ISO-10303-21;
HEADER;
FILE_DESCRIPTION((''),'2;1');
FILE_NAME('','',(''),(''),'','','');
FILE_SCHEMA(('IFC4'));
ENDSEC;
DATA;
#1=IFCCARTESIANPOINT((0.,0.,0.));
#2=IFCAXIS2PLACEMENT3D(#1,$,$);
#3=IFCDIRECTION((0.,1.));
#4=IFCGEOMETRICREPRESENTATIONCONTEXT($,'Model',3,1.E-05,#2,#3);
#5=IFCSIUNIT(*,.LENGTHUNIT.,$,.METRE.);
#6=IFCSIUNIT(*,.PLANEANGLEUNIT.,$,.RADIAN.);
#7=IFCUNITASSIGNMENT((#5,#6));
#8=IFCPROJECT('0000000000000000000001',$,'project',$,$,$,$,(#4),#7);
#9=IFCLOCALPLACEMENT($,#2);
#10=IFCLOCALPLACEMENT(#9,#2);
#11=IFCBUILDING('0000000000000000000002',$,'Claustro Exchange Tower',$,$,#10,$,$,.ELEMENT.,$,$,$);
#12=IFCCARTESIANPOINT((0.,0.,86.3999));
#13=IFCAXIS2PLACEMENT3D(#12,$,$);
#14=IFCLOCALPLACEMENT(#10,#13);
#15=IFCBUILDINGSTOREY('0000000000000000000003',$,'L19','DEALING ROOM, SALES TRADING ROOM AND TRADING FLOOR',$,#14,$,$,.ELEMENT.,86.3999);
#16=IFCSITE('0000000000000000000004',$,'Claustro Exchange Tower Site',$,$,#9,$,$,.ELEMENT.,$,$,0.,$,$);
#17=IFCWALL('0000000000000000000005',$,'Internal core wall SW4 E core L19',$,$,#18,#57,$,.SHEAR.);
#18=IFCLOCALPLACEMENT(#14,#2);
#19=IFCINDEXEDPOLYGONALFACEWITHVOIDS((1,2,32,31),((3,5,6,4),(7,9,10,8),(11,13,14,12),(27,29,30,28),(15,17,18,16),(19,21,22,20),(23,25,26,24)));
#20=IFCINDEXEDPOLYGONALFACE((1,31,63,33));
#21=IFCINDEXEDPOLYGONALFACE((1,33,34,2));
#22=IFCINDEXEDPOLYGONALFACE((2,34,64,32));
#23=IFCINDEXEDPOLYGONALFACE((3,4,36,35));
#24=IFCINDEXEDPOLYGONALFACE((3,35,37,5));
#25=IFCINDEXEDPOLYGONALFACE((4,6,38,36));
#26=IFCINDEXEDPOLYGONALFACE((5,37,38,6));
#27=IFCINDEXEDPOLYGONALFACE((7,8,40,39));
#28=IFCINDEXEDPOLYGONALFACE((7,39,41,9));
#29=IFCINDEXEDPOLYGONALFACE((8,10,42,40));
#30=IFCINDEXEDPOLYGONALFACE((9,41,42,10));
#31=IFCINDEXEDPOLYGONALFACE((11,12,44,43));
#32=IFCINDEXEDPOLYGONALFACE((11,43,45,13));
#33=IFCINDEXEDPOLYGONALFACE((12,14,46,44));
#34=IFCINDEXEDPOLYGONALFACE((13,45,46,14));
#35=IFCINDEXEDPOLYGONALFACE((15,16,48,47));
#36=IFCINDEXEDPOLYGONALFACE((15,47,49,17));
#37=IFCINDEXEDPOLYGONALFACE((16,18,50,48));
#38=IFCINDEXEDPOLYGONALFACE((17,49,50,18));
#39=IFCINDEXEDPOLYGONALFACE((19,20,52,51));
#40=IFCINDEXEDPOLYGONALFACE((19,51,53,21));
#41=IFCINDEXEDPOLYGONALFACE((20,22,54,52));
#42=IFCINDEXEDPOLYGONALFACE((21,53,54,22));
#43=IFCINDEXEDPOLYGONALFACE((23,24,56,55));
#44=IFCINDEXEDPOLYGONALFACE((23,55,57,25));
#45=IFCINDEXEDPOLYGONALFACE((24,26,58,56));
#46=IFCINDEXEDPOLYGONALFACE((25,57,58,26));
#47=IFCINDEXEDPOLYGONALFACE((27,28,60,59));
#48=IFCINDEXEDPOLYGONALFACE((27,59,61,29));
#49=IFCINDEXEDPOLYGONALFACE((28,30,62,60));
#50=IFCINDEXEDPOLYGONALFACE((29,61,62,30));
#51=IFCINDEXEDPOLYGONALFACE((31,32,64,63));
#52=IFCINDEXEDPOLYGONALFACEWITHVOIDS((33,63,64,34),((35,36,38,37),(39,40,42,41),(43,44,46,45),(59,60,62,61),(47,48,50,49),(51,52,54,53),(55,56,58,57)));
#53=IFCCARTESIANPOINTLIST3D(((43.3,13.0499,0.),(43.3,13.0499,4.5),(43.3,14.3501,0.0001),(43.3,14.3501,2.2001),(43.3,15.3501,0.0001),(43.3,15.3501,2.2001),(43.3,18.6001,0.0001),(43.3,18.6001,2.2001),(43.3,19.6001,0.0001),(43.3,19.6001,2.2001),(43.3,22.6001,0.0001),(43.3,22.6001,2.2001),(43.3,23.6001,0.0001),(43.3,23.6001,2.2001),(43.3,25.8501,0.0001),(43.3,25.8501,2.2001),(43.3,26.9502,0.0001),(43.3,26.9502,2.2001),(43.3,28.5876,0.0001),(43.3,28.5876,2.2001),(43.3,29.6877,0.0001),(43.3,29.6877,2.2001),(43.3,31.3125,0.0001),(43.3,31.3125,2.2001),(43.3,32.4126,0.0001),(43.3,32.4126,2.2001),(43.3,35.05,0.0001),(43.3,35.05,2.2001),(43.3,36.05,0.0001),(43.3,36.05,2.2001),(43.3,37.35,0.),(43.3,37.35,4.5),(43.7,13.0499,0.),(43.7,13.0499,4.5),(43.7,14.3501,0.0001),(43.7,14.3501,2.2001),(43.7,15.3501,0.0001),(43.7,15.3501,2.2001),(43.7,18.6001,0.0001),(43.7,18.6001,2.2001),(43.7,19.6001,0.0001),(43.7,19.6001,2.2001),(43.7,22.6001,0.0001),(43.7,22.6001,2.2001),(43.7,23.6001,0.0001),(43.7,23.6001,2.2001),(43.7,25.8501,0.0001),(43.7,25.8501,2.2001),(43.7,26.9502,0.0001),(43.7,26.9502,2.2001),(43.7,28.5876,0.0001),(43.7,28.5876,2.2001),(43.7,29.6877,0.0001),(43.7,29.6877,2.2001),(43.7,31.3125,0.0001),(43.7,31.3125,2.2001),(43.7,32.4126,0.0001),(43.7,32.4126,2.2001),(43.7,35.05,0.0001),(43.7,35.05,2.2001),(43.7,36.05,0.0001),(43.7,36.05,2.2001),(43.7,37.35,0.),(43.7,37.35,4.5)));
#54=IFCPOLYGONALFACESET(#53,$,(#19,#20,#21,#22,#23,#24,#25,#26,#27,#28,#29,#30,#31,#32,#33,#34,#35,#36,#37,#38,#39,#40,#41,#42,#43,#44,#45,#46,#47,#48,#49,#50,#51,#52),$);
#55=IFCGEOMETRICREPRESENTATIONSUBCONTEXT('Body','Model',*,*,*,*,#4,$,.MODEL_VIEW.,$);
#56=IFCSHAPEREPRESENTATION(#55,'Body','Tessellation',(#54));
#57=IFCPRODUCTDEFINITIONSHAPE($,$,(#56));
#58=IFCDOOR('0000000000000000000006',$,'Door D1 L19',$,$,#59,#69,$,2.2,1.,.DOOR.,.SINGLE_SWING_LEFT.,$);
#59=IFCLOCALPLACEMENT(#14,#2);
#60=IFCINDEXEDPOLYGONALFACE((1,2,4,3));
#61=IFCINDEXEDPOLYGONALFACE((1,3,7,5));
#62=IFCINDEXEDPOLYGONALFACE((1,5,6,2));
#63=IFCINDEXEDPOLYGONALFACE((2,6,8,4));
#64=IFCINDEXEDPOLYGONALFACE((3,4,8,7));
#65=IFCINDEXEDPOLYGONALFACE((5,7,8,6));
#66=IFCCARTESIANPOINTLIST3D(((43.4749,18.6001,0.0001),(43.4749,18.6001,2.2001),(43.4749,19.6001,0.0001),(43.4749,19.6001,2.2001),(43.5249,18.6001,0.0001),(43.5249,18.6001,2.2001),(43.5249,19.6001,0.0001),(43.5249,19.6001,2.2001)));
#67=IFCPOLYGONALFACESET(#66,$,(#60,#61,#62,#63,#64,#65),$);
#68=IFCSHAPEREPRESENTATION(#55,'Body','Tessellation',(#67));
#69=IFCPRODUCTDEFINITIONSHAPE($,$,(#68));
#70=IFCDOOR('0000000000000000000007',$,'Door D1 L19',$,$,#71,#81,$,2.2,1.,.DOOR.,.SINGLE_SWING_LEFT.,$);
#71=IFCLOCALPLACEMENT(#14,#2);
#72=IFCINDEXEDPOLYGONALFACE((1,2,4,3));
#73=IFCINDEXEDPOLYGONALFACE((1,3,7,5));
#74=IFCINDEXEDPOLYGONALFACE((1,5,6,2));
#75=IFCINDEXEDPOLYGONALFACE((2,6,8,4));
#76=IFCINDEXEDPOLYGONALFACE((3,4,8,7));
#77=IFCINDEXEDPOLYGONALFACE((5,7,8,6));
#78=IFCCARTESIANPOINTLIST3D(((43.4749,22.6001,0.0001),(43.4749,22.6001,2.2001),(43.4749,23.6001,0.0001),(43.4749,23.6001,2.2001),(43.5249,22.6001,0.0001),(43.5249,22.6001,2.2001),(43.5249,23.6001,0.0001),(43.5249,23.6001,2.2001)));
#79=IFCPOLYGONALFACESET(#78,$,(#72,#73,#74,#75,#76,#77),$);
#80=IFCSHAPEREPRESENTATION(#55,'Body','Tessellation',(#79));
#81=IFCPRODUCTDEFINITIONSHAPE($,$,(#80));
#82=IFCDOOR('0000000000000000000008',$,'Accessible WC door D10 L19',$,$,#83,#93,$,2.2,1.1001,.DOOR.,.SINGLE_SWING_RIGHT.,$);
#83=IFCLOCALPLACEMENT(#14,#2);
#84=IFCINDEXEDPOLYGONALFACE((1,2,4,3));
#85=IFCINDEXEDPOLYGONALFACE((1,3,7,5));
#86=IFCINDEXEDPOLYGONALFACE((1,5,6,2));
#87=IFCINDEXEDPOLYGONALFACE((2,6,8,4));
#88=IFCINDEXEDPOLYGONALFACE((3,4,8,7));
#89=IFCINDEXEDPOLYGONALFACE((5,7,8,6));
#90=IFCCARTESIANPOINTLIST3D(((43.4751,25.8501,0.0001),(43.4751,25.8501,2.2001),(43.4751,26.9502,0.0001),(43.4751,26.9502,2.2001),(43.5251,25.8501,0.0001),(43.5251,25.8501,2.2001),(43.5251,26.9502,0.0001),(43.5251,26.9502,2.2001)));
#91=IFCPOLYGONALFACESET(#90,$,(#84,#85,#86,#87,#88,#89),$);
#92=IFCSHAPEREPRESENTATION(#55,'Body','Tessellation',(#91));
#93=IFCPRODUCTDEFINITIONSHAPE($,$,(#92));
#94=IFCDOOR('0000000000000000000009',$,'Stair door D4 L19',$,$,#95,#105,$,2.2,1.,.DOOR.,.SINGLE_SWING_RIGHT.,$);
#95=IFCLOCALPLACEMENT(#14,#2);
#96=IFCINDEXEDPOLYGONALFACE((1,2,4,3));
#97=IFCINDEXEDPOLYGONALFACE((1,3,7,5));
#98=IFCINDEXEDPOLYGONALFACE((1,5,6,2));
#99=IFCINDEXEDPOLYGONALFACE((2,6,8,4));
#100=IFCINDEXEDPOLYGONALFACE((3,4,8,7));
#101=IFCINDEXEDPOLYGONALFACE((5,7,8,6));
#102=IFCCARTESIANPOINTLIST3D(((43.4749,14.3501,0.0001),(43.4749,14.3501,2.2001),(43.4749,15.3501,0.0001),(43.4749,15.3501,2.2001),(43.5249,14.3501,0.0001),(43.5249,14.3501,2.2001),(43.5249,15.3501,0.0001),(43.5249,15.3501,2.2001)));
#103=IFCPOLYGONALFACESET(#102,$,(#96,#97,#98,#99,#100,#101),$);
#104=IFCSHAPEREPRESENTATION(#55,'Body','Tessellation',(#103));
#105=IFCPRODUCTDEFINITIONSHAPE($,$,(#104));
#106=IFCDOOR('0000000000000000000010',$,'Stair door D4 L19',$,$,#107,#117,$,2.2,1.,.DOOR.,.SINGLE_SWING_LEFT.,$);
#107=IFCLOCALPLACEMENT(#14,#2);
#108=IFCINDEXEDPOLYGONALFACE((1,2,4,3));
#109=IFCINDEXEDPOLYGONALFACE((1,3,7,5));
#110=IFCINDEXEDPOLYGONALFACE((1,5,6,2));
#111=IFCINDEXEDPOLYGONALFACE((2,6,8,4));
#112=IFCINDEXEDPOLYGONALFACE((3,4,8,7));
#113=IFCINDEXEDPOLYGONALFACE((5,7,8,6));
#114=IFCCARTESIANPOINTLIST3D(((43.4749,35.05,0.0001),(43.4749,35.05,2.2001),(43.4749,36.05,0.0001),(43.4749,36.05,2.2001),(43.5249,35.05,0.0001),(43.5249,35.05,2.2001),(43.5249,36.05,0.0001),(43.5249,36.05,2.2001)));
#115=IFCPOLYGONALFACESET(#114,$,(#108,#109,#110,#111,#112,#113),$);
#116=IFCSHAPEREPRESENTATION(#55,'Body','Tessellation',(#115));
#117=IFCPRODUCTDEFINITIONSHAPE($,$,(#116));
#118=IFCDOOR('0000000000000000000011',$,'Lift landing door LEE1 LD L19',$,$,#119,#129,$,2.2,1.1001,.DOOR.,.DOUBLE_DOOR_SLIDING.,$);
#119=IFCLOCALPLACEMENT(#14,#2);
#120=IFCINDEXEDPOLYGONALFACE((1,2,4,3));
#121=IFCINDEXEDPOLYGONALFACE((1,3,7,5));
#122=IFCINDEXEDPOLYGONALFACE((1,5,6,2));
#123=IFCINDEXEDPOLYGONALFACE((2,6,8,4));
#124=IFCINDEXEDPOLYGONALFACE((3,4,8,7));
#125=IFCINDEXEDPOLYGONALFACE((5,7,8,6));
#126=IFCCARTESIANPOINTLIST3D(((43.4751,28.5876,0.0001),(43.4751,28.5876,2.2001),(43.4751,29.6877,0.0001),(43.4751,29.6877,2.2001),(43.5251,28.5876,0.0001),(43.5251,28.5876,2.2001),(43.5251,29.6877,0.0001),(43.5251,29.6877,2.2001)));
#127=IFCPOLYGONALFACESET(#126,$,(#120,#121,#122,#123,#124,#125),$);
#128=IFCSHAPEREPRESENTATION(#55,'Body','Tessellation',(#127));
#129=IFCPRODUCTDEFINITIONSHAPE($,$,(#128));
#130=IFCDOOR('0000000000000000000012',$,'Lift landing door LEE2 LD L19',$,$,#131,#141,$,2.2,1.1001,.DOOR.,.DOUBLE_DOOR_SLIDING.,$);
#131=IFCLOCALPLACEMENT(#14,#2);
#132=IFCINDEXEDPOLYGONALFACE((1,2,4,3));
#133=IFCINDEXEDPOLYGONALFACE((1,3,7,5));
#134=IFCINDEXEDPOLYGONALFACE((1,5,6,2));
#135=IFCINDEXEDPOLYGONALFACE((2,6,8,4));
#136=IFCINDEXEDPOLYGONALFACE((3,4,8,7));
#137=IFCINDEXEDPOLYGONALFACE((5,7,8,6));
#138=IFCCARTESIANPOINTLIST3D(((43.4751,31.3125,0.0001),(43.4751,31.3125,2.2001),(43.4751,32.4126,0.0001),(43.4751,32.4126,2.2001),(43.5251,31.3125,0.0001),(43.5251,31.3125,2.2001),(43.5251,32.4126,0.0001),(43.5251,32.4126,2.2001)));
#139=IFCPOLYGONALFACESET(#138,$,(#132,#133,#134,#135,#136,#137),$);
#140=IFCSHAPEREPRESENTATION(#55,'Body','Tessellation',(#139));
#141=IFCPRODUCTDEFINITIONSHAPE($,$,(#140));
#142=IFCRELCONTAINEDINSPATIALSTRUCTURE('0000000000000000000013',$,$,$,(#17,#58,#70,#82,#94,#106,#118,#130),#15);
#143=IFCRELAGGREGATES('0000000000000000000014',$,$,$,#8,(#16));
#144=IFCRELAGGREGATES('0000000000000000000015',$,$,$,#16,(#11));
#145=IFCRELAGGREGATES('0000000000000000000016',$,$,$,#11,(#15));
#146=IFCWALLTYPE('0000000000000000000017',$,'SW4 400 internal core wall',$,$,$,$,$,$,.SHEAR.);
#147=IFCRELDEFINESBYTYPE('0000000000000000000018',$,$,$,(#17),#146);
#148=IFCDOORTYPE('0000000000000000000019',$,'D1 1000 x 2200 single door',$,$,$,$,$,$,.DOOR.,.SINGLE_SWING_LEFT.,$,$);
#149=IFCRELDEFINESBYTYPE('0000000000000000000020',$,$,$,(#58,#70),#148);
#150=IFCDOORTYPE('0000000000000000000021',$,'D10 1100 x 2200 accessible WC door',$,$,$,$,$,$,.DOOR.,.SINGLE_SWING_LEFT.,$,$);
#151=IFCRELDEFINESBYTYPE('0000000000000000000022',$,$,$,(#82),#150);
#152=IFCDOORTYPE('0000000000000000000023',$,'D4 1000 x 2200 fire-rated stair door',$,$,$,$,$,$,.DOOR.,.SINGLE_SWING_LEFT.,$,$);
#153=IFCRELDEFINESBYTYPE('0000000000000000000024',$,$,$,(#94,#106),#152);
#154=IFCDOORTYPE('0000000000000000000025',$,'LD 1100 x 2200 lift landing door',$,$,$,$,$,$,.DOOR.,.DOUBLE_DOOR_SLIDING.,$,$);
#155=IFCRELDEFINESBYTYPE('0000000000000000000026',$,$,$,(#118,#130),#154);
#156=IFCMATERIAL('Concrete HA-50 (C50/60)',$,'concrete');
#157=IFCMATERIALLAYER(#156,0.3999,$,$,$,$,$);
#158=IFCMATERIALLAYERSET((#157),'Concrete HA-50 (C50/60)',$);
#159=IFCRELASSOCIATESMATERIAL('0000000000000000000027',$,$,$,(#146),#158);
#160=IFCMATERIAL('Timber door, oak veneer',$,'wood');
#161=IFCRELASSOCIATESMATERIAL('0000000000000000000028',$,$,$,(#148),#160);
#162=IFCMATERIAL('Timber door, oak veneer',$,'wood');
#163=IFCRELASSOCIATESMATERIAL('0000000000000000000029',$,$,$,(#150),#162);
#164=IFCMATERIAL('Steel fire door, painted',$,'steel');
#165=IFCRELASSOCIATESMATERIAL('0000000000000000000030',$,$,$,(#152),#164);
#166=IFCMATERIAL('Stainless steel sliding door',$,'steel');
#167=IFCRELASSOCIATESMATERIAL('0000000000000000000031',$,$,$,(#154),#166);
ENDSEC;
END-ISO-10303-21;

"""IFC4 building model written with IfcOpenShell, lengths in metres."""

from ifc_helpers import new_model, si_unit, direction, frame, frame_2d, origin, place, context, subcontext, project, spatial, rectangle, extrude, material, layer, layer_set, type_object, element, fill, save


model = new_model("IFC4")

# Units and contexts
model_context = context("Model", 3, precision=1e-05, world=origin(), true_north=direction((0.0, 1.0)))
body_context = subcontext(model_context, "Body", "Model", "MODEL_VIEW")
ifc_project = project(units=[si_unit("LENGTHUNIT", "METRE"), si_unit("PLANEANGLEUNIT", "RADIAN")], contexts=[model_context])

# Site, building, storey
site_placement = place(None, origin())
site = spatial("IfcSite", under=ifc_project, at=site_placement, Name="Claustro Exchange Tower Site", CompositionType="ELEMENT", RefElevation=0.0)
building_placement = place(site_placement, origin())
building = spatial("IfcBuilding", under=site, at=building_placement, Name="Claustro Exchange Tower", CompositionType="ELEMENT")
storey_placement = place(building_placement, frame((0.0, 0.0, 86.3999)))
storey = spatial("IfcBuildingStorey", under=building, at=storey_placement, Name="L19", Description="DEALING ROOM, SALES TRADING ROOM AND TRADING FLOOR", CompositionType="ELEMENT", Elevation=86.3999)

# Wall, openings, doors
ifc_material_1 = material(Name="Concrete HA-50 (C50/60)", Category="concrete")
ifc_layer_1 = layer(ifc_material_1, 0.3999)
ifc_layer_set_1 = layer_set([ifc_layer_1], Name="Concrete HA-50 (C50/60)")
wall_type_1 = type_object("IfcWallType", Name="SW4 400 internal core wall", PredefinedType="SHEAR", material=ifc_layer_set_1)
wall_1_placement = place(storey_placement, frame((43.5, 13.05, 0.0), z_axis=(0.0, 0.0, 1.0), x_axis=(0.0, 1.0, 0.0)))
wall_1 = element("IfcWall", 1, at=wall_1_placement, inside=storey, type_object=wall_type_1, Name="Internal core wall SW4 E core L19", PredefinedType="SHEAR", context=body_context, shape_type="SweptSolid", body=[
    extrude(rectangle(XDim=24.3, YDim=0.3999, at=frame_2d((12.1499, 0.0))), origin(), (0.0, 0.0, 1.0), 4.5),
])
opening_1_placement = place(wall_1_placement, frame((1.3, 0.0, 0.0)))
opening_1 = element("IfcOpeningElement", 2, at=opening_1_placement, cuts=wall_1, PredefinedType="OPENING", context=body_context, shape_type="SweptSolid", body=[
    extrude(rectangle(XDim=1.0, YDim=2.2, at=frame_2d((0.5, 1.1001))), frame((0.0, 0.21, 0.0), z_axis=(0.0, -1.0, 0.0), x_axis=(1.0, 0.0, 0.0)), (0.0, 0.0, 1.0), 0.4199),
])
opening_2_placement = place(wall_1_placement, frame((22.0, 0.0, 0.0)))
opening_2 = element("IfcOpeningElement", 3, at=opening_2_placement, cuts=wall_1, PredefinedType="OPENING", context=body_context, shape_type="SweptSolid", body=[
    extrude(rectangle(XDim=1.0, YDim=2.2, at=frame_2d((0.5, 1.1001))), frame((0.0, 0.21, 0.0), z_axis=(0.0, -1.0, 0.0), x_axis=(1.0, 0.0, 0.0)), (0.0, 0.0, 1.0), 0.4199),
])
opening_3_placement = place(wall_1_placement, frame((5.55, 0.0, 0.0)))
opening_3 = element("IfcOpeningElement", 4, at=opening_3_placement, cuts=wall_1, PredefinedType="OPENING", context=body_context, shape_type="SweptSolid", body=[
    extrude(rectangle(XDim=1.0, YDim=2.2, at=frame_2d((0.5, 1.1001))), frame((0.0, 0.21, 0.0), z_axis=(0.0, -1.0, 0.0), x_axis=(1.0, 0.0, 0.0)), (0.0, 0.0, 1.0), 0.4199),
])
opening_4_placement = place(wall_1_placement, frame((9.55, 0.0, 0.0)))
opening_4 = element("IfcOpeningElement", 5, at=opening_4_placement, cuts=wall_1, PredefinedType="OPENING", context=body_context, shape_type="SweptSolid", body=[
    extrude(rectangle(XDim=1.0, YDim=2.2, at=frame_2d((0.5, 1.1001))), frame((0.0, 0.21, 0.0), z_axis=(0.0, -1.0, 0.0), x_axis=(1.0, 0.0, 0.0)), (0.0, 0.0, 1.0), 0.4199),
])
opening_5_placement = place(wall_1_placement, frame((12.8, 0.0, 0.0)))
opening_5 = element("IfcOpeningElement", 6, at=opening_5_placement, cuts=wall_1, PredefinedType="OPENING", context=body_context, shape_type="SweptSolid", body=[
    extrude(rectangle(XDim=1.1001, YDim=2.2, at=frame_2d((0.55, 1.1001))), frame((0.0, 0.21, 0.0), z_axis=(0.0, -1.0, 0.0), x_axis=(1.0, 0.0, 0.0)), (0.0, 0.0, 1.0), 0.4199),
])
opening_6_placement = place(wall_1_placement, frame((15.5376, 0.0, 0.0)))
opening_6 = element("IfcOpeningElement", 7, at=opening_6_placement, cuts=wall_1, PredefinedType="OPENING", context=body_context, shape_type="SweptSolid", body=[
    extrude(rectangle(XDim=1.1001, YDim=2.2, at=frame_2d((0.55, 1.1001))), frame((0.0, 0.21, 0.0), z_axis=(0.0, -1.0, 0.0), x_axis=(1.0, 0.0, 0.0)), (0.0, 0.0, 1.0), 0.4199),
])
opening_7_placement = place(wall_1_placement, frame((18.2625, 0.0, 0.0)))
opening_7 = element("IfcOpeningElement", 8, at=opening_7_placement, cuts=wall_1, PredefinedType="OPENING", context=body_context, shape_type="SweptSolid", body=[
    extrude(rectangle(XDim=1.1001, YDim=2.2, at=frame_2d((0.55, 1.1001))), frame((0.0, 0.21, 0.0), z_axis=(0.0, -1.0, 0.0), x_axis=(1.0, 0.0, 0.0)), (0.0, 0.0, 1.0), 0.4199),
])
ifc_material_2 = material(Name="Timber door, oak veneer", Category="wood")
door_type_1 = type_object("IfcDoorType", Name="D1 1000 x 2200 single door", OperationType="SINGLE_SWING_LEFT", PredefinedType="DOOR", material=ifc_material_2)
door_1_placement = place(opening_3_placement, frame((1.0, 0.0, 0.0), z_axis=(0.0, 0.0, 1.0), x_axis=(-1.0, 0.0, 0.0)))
door_1 = element("IfcDoor", 9, at=door_1_placement, inside=storey, type_object=door_type_1, Name="Door D1 L19", OperationType="SINGLE_SWING_LEFT", OverallHeight=2.2, OverallWidth=1.0, PredefinedType="DOOR", context=body_context, shape_type="SweptSolid", body=[
    extrude(rectangle(XDim=1.0, YDim=2.2, at=frame_2d((0.5, 1.1001))), frame((0.0, 0.0249, 0.0), z_axis=(0.0, -1.0, 0.0), x_axis=(1.0, 0.0, 0.0)), (0.0, 0.0, 1.0), 0.05),
])
fill(opening_3, door_1)
door_2_placement = place(opening_4_placement, frame((1.0, 0.0, 0.0), z_axis=(0.0, 0.0, 1.0), x_axis=(-1.0, 0.0, 0.0)))
door_2 = element("IfcDoor", 10, at=door_2_placement, inside=storey, type_object=door_type_1, Name="Door D1 L19", OperationType="SINGLE_SWING_LEFT", OverallHeight=2.2, OverallWidth=1.0, PredefinedType="DOOR", context=body_context, shape_type="SweptSolid", body=[
    extrude(rectangle(XDim=1.0, YDim=2.2, at=frame_2d((0.5, 1.1001))), frame((0.0, 0.0249, 0.0), z_axis=(0.0, -1.0, 0.0), x_axis=(1.0, 0.0, 0.0)), (0.0, 0.0, 1.0), 0.05),
])
fill(opening_4, door_2)
ifc_material_3 = material(Name="Timber door, oak veneer", Category="wood")
door_type_2 = type_object("IfcDoorType", Name="D10 1100 x 2200 accessible WC door", OperationType="SINGLE_SWING_LEFT", PredefinedType="DOOR", material=ifc_material_3)
door_3_placement = place(opening_5_placement, origin())
door_3 = element("IfcDoor", 11, at=door_3_placement, inside=storey, type_object=door_type_2, Name="Accessible WC door D10 L19", OperationType="SINGLE_SWING_RIGHT", OverallHeight=2.2, OverallWidth=1.1001, PredefinedType="DOOR", context=body_context, shape_type="SweptSolid", body=[
    extrude(rectangle(XDim=1.1001, YDim=2.2, at=frame_2d((0.55, 1.1001))), frame((0.0, 0.0249, 0.0), z_axis=(0.0, -1.0, 0.0), x_axis=(1.0, 0.0, 0.0)), (0.0, 0.0, 1.0), 0.05),
])
fill(opening_5, door_3)
ifc_material_4 = material(Name="Steel fire door, painted", Category="steel")
door_type_3 = type_object("IfcDoorType", Name="D4 1000 x 2200 fire-rated stair door", OperationType="SINGLE_SWING_LEFT", PredefinedType="DOOR", material=ifc_material_4)
door_4_placement = place(opening_1_placement, frame((1.0, 0.0, 0.0), z_axis=(0.0, 0.0, 1.0), x_axis=(-1.0, 0.0, 0.0)))
door_4 = element("IfcDoor", 12, at=door_4_placement, inside=storey, type_object=door_type_3, Name="Stair door D4 L19", OperationType="SINGLE_SWING_RIGHT", OverallHeight=2.2, OverallWidth=1.0, PredefinedType="DOOR", context=body_context, shape_type="SweptSolid", body=[
    extrude(rectangle(XDim=1.0, YDim=2.2, at=frame_2d((0.5, 1.1001))), frame((0.0, 0.0249, 0.0), z_axis=(0.0, -1.0, 0.0), x_axis=(1.0, 0.0, 0.0)), (0.0, 0.0, 1.0), 0.05),
])
fill(opening_1, door_4)
door_5_placement = place(opening_2_placement, frame((1.0, 0.0, 0.0), z_axis=(0.0, 0.0, 1.0), x_axis=(-1.0, 0.0, 0.0)))
door_5 = element("IfcDoor", 13, at=door_5_placement, inside=storey, type_object=door_type_3, Name="Stair door D4 L19", OperationType="SINGLE_SWING_LEFT", OverallHeight=2.2, OverallWidth=1.0, PredefinedType="DOOR", context=body_context, shape_type="SweptSolid", body=[
    extrude(rectangle(XDim=1.0, YDim=2.2, at=frame_2d((0.5, 1.1001))), frame((0.0, 0.0249, 0.0), z_axis=(0.0, -1.0, 0.0), x_axis=(1.0, 0.0, 0.0)), (0.0, 0.0, 1.0), 0.05),
])
fill(opening_2, door_5)
ifc_material_5 = material(Name="Stainless steel sliding door", Category="steel")
door_type_4 = type_object("IfcDoorType", Name="LD 1100 x 2200 lift landing door", OperationType="DOUBLE_DOOR_SLIDING", PredefinedType="DOOR", material=ifc_material_5)
door_6_placement = place(opening_6_placement, origin())
door_6 = element("IfcDoor", 14, at=door_6_placement, inside=storey, type_object=door_type_4, Name="Lift landing door LEE1 LD L19", OperationType="DOUBLE_DOOR_SLIDING", OverallHeight=2.2, OverallWidth=1.1001, PredefinedType="DOOR", context=body_context, shape_type="SweptSolid", body=[
    extrude(rectangle(XDim=1.1001, YDim=2.2, at=frame_2d((0.55, 1.1001))), frame((0.0, 0.0249, 0.0), z_axis=(0.0, -1.0, 0.0), x_axis=(1.0, 0.0, 0.0)), (0.0, 0.0, 1.0), 0.05),
])
fill(opening_6, door_6)
door_7_placement = place(opening_7_placement, origin())
door_7 = element("IfcDoor", 15, at=door_7_placement, inside=storey, type_object=door_type_4, Name="Lift landing door LEE2 LD L19", OperationType="DOUBLE_DOOR_SLIDING", OverallHeight=2.2, OverallWidth=1.1001, PredefinedType="DOOR", context=body_context, shape_type="SweptSolid", body=[
    extrude(rectangle(XDim=1.1001, YDim=2.2, at=frame_2d((0.55, 1.1001))), frame((0.0, 0.0249, 0.0), z_axis=(0.0, -1.0, 0.0), x_axis=(1.0, 0.0, 0.0)), (0.0, 0.0, 1.0), 0.05),
])
fill(opening_7, door_7)

save(model, "model.ifc")
